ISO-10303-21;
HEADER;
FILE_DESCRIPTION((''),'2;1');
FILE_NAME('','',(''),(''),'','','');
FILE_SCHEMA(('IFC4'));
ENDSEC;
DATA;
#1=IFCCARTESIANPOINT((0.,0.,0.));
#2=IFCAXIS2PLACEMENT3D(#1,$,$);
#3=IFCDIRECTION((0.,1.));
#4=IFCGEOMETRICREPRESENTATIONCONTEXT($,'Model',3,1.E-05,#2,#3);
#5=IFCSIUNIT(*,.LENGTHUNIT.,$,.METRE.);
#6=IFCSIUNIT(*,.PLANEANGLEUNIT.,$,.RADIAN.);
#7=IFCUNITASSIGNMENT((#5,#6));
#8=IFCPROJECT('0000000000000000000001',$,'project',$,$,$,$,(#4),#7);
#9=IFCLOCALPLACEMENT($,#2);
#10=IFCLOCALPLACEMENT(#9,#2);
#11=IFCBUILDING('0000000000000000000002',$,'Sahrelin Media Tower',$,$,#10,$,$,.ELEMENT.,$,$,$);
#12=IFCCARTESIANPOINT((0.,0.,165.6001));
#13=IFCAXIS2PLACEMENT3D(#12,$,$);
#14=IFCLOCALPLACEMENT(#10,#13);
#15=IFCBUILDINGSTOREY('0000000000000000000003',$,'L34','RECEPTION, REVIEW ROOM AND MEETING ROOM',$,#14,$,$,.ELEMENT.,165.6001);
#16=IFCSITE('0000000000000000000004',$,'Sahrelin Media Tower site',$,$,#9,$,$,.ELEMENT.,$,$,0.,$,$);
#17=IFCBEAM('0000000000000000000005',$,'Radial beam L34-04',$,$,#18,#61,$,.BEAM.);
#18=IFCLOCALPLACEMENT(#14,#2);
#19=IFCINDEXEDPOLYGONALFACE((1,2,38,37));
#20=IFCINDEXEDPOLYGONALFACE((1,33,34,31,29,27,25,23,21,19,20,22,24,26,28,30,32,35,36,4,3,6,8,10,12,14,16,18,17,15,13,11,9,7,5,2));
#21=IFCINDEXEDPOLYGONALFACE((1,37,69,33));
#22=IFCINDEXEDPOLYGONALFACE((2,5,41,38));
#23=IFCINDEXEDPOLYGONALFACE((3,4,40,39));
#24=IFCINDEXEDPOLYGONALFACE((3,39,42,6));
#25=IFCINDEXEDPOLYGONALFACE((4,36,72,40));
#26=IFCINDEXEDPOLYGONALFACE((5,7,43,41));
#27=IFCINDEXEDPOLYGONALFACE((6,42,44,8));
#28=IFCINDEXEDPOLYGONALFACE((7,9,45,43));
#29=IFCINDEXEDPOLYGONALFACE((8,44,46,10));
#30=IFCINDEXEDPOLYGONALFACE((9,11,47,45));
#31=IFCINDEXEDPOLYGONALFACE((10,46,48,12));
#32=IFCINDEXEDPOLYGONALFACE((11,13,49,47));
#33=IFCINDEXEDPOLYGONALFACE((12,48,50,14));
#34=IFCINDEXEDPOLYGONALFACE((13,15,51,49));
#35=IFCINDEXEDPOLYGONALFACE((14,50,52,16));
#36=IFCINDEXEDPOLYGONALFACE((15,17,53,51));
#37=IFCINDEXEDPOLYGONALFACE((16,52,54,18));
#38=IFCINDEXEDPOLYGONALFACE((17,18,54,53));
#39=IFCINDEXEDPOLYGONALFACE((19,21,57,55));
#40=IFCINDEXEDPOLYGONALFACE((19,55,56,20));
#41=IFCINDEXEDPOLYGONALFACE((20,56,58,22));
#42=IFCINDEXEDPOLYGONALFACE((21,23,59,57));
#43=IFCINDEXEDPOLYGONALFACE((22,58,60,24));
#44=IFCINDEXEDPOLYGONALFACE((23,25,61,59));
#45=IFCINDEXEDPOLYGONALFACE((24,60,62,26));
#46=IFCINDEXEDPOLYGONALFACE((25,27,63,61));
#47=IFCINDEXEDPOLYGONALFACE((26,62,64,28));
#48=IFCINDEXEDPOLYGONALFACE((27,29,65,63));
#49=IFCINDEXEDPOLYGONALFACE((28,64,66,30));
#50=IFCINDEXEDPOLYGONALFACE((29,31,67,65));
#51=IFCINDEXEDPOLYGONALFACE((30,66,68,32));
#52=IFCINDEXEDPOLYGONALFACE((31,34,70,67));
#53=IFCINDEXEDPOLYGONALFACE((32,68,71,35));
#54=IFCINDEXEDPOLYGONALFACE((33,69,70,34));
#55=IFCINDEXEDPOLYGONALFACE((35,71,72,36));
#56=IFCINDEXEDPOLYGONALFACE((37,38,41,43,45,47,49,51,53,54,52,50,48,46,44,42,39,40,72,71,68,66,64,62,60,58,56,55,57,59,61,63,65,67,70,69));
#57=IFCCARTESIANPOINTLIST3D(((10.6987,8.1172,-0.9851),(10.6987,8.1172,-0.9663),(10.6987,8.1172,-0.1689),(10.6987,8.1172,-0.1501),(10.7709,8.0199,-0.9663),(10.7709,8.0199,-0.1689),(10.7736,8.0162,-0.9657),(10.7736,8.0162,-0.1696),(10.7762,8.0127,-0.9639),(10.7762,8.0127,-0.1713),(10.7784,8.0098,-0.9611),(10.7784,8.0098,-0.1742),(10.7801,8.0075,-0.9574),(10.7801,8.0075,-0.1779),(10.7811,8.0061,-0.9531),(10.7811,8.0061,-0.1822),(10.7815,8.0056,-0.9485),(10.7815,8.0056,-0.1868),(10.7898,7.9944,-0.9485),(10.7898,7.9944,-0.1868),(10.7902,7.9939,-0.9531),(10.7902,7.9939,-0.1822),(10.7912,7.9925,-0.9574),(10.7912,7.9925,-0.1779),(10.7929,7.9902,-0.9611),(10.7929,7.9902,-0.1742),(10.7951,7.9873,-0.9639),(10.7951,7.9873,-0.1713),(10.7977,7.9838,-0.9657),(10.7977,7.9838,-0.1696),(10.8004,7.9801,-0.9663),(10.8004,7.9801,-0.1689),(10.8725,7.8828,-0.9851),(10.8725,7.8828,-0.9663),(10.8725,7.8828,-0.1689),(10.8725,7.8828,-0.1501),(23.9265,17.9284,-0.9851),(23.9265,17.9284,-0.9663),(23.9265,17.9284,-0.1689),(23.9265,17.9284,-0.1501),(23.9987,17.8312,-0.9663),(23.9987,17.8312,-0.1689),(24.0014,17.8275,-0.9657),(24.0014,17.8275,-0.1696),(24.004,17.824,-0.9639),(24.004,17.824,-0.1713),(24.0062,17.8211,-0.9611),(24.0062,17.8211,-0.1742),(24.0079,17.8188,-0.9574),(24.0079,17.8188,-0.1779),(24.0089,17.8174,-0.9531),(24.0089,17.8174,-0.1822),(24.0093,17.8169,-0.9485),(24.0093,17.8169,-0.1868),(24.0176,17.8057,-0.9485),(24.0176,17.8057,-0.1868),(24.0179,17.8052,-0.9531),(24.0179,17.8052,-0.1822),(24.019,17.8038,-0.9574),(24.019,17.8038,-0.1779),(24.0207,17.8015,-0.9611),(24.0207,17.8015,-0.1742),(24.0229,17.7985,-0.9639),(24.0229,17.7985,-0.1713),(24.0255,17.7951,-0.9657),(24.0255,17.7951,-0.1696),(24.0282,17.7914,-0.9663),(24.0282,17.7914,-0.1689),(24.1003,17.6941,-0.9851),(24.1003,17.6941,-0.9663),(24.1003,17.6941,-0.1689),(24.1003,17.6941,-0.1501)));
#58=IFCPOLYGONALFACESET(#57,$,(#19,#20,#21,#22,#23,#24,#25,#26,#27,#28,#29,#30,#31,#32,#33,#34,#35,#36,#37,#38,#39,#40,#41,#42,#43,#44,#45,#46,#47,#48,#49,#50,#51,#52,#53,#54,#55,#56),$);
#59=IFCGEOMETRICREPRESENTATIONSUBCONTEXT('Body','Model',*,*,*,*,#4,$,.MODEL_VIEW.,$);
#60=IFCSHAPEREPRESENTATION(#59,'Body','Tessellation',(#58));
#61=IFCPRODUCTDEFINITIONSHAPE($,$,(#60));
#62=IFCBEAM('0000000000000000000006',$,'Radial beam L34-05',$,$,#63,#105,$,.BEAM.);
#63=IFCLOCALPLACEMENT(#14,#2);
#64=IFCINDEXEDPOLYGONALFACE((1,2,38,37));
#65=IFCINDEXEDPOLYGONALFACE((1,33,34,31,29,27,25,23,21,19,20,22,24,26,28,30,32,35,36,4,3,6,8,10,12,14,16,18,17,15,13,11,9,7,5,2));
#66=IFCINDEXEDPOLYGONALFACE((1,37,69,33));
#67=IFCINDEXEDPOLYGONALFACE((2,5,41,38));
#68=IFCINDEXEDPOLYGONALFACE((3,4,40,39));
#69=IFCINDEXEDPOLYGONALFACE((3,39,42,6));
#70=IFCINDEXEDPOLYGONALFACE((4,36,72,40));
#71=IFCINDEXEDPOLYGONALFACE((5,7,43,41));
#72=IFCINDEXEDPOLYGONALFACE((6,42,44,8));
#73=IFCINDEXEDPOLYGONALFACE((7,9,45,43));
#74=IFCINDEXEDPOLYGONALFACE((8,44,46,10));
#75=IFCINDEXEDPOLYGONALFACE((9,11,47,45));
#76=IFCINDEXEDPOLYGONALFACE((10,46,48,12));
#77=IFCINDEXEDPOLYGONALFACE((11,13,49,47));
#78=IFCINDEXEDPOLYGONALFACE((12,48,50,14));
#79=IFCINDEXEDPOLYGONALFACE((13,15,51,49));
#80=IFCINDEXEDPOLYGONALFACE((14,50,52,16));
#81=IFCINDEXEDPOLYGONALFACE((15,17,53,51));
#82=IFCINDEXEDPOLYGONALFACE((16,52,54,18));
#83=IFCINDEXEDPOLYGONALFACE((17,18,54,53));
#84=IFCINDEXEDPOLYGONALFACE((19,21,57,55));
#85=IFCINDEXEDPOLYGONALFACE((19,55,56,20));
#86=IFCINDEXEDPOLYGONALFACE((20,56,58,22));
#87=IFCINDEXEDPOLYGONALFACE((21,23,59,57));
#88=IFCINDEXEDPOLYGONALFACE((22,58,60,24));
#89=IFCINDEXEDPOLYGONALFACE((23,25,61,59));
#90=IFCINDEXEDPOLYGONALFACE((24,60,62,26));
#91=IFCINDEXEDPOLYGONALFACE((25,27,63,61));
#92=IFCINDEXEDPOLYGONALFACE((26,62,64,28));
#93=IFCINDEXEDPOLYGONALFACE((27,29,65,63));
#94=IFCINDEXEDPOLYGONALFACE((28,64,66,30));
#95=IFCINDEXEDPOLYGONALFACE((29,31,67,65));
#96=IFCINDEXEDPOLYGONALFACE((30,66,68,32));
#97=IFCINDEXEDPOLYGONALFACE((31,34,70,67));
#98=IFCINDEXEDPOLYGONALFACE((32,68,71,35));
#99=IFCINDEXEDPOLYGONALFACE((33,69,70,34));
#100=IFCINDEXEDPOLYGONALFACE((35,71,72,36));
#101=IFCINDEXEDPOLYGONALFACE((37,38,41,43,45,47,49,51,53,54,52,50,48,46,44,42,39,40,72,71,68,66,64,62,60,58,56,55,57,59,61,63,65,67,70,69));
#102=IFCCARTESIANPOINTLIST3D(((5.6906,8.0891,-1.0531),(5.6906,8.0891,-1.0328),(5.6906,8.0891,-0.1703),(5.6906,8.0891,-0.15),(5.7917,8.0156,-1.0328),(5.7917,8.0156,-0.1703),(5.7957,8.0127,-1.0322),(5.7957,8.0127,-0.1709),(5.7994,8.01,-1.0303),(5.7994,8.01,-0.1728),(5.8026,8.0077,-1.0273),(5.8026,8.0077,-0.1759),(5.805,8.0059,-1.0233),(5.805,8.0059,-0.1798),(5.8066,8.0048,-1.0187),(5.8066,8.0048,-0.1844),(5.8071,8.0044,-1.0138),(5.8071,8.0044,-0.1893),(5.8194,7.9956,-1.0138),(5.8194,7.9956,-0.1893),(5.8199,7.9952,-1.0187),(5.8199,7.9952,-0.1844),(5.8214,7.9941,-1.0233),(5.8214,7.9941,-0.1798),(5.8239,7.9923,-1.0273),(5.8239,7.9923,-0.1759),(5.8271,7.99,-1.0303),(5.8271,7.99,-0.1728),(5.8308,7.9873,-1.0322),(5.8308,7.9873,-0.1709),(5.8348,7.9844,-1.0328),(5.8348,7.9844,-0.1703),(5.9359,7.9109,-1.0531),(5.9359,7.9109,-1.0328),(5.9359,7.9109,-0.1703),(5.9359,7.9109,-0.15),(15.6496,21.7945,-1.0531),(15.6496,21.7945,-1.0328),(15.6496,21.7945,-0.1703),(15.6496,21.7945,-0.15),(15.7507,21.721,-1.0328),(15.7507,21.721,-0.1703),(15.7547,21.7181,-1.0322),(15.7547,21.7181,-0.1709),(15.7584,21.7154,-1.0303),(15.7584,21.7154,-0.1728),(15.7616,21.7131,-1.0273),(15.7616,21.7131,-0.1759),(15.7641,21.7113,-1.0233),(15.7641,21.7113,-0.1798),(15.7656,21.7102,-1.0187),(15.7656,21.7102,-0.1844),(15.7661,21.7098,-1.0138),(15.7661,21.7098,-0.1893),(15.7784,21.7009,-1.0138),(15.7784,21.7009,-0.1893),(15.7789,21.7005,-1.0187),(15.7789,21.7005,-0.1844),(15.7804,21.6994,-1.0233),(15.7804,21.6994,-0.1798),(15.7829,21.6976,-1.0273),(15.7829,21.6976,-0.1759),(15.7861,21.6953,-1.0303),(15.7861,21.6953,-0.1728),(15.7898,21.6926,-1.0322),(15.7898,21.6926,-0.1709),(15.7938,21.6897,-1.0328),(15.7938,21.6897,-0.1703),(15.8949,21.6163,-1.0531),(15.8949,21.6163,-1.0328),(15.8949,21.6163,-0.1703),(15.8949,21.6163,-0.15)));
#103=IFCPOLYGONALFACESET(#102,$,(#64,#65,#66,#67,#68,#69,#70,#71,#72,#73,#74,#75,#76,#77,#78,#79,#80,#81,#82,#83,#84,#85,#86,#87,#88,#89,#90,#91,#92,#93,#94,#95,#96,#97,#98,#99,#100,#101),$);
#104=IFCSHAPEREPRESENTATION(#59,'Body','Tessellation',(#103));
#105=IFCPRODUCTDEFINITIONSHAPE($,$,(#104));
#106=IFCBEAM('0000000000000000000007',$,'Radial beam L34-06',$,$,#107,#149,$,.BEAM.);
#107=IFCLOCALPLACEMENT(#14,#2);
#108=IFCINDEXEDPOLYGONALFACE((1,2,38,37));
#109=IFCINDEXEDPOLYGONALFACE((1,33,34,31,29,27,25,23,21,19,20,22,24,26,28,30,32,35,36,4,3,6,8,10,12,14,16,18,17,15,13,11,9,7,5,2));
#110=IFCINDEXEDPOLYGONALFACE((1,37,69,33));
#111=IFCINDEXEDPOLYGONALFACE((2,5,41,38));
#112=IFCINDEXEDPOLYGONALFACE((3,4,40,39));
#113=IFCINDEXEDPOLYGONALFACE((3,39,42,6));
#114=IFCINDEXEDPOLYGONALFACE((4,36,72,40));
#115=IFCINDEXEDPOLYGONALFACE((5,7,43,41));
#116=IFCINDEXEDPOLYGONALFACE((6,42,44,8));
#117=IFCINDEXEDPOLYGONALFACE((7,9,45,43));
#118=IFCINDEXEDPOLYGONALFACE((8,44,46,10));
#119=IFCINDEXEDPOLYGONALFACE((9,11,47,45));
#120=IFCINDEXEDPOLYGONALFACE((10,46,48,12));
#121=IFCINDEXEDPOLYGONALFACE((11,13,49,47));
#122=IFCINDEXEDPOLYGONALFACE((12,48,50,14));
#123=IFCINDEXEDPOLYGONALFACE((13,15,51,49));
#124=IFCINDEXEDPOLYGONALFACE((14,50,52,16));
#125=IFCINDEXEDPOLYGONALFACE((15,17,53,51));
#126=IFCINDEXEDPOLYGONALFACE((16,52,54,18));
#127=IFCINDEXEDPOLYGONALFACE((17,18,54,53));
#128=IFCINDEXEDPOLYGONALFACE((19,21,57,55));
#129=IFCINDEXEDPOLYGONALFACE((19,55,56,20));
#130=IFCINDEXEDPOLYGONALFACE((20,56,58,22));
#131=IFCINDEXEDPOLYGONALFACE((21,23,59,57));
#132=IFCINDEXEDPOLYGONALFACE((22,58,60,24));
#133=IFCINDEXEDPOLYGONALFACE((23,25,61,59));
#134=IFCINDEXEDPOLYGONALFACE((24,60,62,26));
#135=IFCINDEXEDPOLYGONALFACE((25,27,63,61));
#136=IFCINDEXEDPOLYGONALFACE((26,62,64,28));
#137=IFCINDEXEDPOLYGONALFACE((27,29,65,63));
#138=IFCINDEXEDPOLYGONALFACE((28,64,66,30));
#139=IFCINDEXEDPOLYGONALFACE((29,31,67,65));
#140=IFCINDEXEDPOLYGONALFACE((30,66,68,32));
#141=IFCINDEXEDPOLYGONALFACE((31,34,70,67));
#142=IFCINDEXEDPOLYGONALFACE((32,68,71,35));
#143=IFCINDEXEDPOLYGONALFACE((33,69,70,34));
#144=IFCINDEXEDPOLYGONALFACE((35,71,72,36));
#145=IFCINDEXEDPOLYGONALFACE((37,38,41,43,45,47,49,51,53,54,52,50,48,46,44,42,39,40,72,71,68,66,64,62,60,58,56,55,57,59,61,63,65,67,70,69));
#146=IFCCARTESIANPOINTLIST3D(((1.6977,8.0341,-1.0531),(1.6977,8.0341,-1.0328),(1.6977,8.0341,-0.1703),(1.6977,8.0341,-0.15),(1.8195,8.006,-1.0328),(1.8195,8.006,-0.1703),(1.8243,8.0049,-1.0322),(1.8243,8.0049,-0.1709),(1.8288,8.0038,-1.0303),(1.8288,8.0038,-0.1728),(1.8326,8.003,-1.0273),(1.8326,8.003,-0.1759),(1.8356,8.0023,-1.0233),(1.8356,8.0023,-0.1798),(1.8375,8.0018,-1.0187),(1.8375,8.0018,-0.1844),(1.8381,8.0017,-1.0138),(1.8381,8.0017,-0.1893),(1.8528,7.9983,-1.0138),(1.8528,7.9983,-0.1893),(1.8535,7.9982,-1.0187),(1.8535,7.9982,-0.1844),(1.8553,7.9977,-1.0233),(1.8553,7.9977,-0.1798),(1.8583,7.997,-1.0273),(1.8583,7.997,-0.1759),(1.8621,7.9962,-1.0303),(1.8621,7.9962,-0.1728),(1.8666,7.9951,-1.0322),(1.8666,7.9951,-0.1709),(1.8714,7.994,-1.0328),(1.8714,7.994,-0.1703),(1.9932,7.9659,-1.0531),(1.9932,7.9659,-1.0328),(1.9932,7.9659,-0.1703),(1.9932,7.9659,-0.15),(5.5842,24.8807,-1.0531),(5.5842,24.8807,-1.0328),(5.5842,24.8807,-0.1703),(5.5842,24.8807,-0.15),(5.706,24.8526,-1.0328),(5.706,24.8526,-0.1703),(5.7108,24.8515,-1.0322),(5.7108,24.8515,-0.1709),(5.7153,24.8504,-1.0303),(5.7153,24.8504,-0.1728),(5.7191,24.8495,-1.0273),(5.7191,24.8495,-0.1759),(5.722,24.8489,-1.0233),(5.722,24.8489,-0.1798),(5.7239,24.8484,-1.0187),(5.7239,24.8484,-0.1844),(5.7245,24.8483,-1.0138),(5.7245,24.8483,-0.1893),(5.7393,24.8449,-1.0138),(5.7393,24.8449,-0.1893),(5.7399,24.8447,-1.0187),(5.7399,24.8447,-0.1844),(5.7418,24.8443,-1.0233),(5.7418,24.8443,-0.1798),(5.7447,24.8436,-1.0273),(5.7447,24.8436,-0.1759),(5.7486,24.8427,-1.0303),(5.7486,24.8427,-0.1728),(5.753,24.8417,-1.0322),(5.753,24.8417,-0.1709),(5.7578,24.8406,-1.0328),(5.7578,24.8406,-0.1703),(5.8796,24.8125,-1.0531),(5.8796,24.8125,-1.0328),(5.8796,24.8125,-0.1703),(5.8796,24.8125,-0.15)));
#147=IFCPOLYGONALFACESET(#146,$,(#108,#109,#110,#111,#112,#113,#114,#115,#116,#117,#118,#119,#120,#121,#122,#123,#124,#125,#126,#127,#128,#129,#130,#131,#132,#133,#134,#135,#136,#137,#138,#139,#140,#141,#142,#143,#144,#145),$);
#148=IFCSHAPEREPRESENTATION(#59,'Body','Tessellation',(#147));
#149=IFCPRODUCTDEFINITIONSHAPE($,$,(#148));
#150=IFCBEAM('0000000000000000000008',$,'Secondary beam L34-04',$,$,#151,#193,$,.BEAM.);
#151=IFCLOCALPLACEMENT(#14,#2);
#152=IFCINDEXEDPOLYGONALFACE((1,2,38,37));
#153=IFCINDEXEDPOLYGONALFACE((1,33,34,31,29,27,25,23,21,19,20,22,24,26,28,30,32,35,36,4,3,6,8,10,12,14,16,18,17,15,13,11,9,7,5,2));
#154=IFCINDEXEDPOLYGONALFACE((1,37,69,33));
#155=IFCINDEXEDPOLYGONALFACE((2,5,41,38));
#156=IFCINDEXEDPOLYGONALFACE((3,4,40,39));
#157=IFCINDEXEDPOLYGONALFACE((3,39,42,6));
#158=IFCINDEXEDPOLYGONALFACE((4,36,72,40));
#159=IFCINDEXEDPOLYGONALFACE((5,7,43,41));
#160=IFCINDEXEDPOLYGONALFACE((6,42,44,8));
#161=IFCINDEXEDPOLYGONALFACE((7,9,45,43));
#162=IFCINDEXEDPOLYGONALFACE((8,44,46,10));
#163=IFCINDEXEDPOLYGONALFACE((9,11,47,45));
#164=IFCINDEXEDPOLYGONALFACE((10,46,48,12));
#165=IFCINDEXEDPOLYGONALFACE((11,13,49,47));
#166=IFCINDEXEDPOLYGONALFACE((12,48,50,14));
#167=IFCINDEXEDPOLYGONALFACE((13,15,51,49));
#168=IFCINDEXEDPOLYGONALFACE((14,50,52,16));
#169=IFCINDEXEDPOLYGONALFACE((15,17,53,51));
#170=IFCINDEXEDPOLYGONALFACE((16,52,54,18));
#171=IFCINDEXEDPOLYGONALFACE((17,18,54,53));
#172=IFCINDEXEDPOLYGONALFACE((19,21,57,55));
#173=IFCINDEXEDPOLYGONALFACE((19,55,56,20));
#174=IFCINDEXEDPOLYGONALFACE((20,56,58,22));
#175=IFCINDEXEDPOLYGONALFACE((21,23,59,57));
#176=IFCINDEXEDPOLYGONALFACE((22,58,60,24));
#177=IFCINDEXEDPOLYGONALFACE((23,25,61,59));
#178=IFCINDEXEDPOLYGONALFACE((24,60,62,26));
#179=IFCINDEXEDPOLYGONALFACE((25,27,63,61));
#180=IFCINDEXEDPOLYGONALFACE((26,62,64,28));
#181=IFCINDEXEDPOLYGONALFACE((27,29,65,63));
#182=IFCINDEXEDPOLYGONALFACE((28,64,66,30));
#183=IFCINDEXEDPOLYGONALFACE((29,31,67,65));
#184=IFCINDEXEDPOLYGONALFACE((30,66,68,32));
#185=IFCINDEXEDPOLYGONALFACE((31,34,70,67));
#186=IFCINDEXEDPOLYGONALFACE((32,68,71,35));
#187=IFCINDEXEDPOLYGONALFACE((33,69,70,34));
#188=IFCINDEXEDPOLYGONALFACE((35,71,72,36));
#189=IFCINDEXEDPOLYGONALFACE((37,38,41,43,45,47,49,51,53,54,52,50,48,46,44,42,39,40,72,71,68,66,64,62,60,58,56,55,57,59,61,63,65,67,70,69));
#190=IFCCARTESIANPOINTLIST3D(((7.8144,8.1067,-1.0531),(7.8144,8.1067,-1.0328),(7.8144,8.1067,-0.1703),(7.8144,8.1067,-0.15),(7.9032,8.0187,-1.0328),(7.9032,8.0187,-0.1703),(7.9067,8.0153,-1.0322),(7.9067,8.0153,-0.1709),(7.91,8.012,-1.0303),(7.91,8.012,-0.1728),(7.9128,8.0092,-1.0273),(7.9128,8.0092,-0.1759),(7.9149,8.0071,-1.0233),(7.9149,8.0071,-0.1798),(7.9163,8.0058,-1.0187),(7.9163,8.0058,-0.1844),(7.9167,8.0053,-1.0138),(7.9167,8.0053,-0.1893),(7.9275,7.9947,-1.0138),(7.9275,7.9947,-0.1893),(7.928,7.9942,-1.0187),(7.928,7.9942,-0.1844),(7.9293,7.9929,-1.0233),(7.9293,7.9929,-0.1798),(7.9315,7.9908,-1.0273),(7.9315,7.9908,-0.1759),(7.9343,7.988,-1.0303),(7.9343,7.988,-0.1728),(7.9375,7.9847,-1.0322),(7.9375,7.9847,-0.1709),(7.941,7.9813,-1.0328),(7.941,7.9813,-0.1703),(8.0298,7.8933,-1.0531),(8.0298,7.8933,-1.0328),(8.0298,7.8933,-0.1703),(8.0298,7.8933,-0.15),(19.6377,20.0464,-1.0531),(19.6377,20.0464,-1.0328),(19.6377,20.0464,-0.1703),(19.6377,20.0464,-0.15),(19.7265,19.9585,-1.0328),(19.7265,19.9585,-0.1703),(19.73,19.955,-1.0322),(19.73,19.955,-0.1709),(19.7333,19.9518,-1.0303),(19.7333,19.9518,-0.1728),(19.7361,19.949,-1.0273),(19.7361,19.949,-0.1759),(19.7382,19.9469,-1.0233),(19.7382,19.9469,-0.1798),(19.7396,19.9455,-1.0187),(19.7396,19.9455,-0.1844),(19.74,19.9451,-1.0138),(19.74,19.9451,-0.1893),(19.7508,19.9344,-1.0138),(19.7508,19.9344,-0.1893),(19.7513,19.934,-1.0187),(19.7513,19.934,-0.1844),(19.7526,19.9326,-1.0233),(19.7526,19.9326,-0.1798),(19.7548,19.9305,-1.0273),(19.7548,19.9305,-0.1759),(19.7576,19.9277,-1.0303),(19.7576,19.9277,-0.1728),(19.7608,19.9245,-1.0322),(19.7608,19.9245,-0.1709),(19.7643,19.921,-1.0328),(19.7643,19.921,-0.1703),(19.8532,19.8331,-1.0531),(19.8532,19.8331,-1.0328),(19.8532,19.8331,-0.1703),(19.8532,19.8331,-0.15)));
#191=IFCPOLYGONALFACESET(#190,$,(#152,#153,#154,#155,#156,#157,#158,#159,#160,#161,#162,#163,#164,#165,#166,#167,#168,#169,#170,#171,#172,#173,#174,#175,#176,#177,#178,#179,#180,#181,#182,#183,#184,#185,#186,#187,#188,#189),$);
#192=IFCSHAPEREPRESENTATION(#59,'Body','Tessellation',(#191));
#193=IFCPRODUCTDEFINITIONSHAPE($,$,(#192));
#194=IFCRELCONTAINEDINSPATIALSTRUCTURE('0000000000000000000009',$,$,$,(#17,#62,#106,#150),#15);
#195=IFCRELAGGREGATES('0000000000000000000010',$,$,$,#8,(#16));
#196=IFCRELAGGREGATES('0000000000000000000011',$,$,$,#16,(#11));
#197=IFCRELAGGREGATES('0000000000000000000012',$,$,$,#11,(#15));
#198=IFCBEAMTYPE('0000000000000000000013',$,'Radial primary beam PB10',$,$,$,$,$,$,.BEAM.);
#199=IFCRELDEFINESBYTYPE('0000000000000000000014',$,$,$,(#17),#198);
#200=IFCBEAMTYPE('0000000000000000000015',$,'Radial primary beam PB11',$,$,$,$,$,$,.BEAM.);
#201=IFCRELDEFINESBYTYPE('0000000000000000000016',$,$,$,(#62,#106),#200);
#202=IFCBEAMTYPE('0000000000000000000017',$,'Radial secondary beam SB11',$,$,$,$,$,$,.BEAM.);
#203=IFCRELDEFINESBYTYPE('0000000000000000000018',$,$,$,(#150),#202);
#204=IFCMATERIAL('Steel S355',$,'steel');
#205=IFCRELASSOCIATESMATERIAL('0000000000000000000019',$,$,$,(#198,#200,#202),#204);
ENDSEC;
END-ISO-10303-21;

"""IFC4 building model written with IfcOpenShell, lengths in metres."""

from ifc_helpers import new_model, si_unit, direction, frame, origin, origin_2d, place, context, subcontext, project, spatial, i_section, extrude, material, material_profile, profile_set, type_object, element, save


model = new_model("IFC4")

# Units and contexts
model_context = context("Model", 3, precision=1e-05, world=origin(), true_north=direction((0.0, 1.0)))
body_context = subcontext(model_context, "Body", "Model", "MODEL_VIEW")
ifc_project = project(units=[si_unit("LENGTHUNIT", "METRE"), si_unit("PLANEANGLEUNIT", "RADIAN")], contexts=[model_context])

# Site, building, storey
site_placement = place(None, origin())
site = spatial("IfcSite", under=ifc_project, at=site_placement, Name="Sahrelin Media Tower site", CompositionType="ELEMENT", RefElevation=0.0)
building_placement = place(site_placement, origin())
building = spatial("IfcBuilding", under=site, at=building_placement, Name="Sahrelin Media Tower", CompositionType="ELEMENT")
storey_placement = place(building_placement, frame((0.0, 0.0, 165.6001)))
storey = spatial("IfcBuildingStorey", under=building, at=storey_placement, Name="L34", Description="RECEPTION, REVIEW ROOM AND MEETING ROOM", CompositionType="ELEMENT", Elevation=165.6001)

# Shared definitions
ifc_material_1 = material(Name="Steel S355", Category="steel")

# Beams
ifc_material_profile_1 = material_profile(ifc_material_1, i_section(OverallWidth=0.2917, OverallDepth=0.835, WebThickness=0.0139, FlangeThickness=0.0188, FilletRadius=0.0178, at=origin_2d()), Name="UB 838x292x176")
ifc_profile_set_1 = profile_set([ifc_material_profile_1], Name="Steel S355")
beam_type_1 = type_object("IfcBeamType", Name="Radial primary beam PB10", PredefinedType="BEAM", material=ifc_profile_set_1)
beam_1_placement = place(storey_placement, frame((10.7856, 8.0, -0.5676), z_axis=(0.803182, 0.595734, 0.0), x_axis=(-0.595734, 0.803182, 0.0)))
element("IfcBeam", 1, at=beam_1_placement, inside=storey, type_object=beam_type_1, Name="Radial beam L34-04", PredefinedType="BEAM", context=body_context, shape_type="SweptSolid", body=[
    extrude(i_section(OverallWidth=0.2917, OverallDepth=0.835, WebThickness=0.0139, FlangeThickness=0.0188, FilletRadius=0.0178, at=origin_2d()), origin(), (0.0, 0.0, 1.0), 16.4692),
])
ifc_material_profile_2 = material_profile(ifc_material_1, i_section(OverallWidth=0.3032, OverallDepth=0.9031, WebThickness=0.0151, FlangeThickness=0.0203, FilletRadius=0.019, at=origin_2d()), Name="UB 914x305x201")
ifc_profile_set_2 = profile_set([ifc_material_profile_2], Name="Steel S355")
beam_type_2 = type_object("IfcBeamType", Name="Radial primary beam PB11", PredefinedType="BEAM", material=ifc_profile_set_2)
beam_2_placement = place(storey_placement, frame((5.8132, 8.0, -0.6016), z_axis=(0.587843, 0.808975, 0.0), x_axis=(-0.808975, 0.587843, 0.0)))
element("IfcBeam", 2, at=beam_2_placement, inside=storey, type_object=beam_type_2, Name="Radial beam L34-05", PredefinedType="BEAM", context=body_context, shape_type="SweptSolid", body=[
    extrude(i_section(OverallWidth=0.3032, OverallDepth=0.9031, WebThickness=0.0151, FlangeThickness=0.0203, FilletRadius=0.019, at=origin_2d()), origin(), (0.0, 0.0, 1.0), 16.9417),
])
beam_3_placement = place(storey_placement, frame((1.8455, 8.0, -0.6016), z_axis=(0.224792, 0.974407, 0.0), x_axis=(-0.974407, 0.224792, 0.0)))
element("IfcBeam", 3, at=beam_3_placement, inside=storey, type_object=beam_type_2, Name="Radial beam L34-06", PredefinedType="BEAM", context=body_context, shape_type="SweptSolid", body=[
    extrude(i_section(OverallWidth=0.3032, OverallDepth=0.9031, WebThickness=0.0151, FlangeThickness=0.0203, FilletRadius=0.019, at=origin_2d()), origin(), (0.0, 0.0, 1.0), 17.2891),
])
ifc_material_profile_3 = material_profile(ifc_material_1, i_section(OverallWidth=0.3032, OverallDepth=0.9031, WebThickness=0.0151, FlangeThickness=0.0203, FilletRadius=0.019, at=origin_2d()), Name="UB 914x305x201")
ifc_profile_set_3 = profile_set([ifc_material_profile_3], Name="Steel S355")
beam_type_3 = type_object("IfcBeamType", Name="Radial secondary beam SB11", PredefinedType="BEAM", material=ifc_profile_set_3)
beam_4_placement = place(storey_placement, frame((7.9221, 8.0, -0.6016), z_axis=(0.703633, 0.710564, 0.0), x_axis=(-0.710564, 0.703633, 0.0)))
element("IfcBeam", 4, at=beam_4_placement, inside=storey, type_object=beam_type_3, Name="Secondary beam L34-04", PredefinedType="BEAM", context=body_context, shape_type="SweptSolid", body=[
    extrude(i_section(OverallWidth=0.3032, OverallDepth=0.9031, WebThickness=0.0151, FlangeThickness=0.0203, FilletRadius=0.019, at=origin_2d()), origin(), (0.0, 0.0, 1.0), 16.8032),
])

save(model, "model.ifc")
